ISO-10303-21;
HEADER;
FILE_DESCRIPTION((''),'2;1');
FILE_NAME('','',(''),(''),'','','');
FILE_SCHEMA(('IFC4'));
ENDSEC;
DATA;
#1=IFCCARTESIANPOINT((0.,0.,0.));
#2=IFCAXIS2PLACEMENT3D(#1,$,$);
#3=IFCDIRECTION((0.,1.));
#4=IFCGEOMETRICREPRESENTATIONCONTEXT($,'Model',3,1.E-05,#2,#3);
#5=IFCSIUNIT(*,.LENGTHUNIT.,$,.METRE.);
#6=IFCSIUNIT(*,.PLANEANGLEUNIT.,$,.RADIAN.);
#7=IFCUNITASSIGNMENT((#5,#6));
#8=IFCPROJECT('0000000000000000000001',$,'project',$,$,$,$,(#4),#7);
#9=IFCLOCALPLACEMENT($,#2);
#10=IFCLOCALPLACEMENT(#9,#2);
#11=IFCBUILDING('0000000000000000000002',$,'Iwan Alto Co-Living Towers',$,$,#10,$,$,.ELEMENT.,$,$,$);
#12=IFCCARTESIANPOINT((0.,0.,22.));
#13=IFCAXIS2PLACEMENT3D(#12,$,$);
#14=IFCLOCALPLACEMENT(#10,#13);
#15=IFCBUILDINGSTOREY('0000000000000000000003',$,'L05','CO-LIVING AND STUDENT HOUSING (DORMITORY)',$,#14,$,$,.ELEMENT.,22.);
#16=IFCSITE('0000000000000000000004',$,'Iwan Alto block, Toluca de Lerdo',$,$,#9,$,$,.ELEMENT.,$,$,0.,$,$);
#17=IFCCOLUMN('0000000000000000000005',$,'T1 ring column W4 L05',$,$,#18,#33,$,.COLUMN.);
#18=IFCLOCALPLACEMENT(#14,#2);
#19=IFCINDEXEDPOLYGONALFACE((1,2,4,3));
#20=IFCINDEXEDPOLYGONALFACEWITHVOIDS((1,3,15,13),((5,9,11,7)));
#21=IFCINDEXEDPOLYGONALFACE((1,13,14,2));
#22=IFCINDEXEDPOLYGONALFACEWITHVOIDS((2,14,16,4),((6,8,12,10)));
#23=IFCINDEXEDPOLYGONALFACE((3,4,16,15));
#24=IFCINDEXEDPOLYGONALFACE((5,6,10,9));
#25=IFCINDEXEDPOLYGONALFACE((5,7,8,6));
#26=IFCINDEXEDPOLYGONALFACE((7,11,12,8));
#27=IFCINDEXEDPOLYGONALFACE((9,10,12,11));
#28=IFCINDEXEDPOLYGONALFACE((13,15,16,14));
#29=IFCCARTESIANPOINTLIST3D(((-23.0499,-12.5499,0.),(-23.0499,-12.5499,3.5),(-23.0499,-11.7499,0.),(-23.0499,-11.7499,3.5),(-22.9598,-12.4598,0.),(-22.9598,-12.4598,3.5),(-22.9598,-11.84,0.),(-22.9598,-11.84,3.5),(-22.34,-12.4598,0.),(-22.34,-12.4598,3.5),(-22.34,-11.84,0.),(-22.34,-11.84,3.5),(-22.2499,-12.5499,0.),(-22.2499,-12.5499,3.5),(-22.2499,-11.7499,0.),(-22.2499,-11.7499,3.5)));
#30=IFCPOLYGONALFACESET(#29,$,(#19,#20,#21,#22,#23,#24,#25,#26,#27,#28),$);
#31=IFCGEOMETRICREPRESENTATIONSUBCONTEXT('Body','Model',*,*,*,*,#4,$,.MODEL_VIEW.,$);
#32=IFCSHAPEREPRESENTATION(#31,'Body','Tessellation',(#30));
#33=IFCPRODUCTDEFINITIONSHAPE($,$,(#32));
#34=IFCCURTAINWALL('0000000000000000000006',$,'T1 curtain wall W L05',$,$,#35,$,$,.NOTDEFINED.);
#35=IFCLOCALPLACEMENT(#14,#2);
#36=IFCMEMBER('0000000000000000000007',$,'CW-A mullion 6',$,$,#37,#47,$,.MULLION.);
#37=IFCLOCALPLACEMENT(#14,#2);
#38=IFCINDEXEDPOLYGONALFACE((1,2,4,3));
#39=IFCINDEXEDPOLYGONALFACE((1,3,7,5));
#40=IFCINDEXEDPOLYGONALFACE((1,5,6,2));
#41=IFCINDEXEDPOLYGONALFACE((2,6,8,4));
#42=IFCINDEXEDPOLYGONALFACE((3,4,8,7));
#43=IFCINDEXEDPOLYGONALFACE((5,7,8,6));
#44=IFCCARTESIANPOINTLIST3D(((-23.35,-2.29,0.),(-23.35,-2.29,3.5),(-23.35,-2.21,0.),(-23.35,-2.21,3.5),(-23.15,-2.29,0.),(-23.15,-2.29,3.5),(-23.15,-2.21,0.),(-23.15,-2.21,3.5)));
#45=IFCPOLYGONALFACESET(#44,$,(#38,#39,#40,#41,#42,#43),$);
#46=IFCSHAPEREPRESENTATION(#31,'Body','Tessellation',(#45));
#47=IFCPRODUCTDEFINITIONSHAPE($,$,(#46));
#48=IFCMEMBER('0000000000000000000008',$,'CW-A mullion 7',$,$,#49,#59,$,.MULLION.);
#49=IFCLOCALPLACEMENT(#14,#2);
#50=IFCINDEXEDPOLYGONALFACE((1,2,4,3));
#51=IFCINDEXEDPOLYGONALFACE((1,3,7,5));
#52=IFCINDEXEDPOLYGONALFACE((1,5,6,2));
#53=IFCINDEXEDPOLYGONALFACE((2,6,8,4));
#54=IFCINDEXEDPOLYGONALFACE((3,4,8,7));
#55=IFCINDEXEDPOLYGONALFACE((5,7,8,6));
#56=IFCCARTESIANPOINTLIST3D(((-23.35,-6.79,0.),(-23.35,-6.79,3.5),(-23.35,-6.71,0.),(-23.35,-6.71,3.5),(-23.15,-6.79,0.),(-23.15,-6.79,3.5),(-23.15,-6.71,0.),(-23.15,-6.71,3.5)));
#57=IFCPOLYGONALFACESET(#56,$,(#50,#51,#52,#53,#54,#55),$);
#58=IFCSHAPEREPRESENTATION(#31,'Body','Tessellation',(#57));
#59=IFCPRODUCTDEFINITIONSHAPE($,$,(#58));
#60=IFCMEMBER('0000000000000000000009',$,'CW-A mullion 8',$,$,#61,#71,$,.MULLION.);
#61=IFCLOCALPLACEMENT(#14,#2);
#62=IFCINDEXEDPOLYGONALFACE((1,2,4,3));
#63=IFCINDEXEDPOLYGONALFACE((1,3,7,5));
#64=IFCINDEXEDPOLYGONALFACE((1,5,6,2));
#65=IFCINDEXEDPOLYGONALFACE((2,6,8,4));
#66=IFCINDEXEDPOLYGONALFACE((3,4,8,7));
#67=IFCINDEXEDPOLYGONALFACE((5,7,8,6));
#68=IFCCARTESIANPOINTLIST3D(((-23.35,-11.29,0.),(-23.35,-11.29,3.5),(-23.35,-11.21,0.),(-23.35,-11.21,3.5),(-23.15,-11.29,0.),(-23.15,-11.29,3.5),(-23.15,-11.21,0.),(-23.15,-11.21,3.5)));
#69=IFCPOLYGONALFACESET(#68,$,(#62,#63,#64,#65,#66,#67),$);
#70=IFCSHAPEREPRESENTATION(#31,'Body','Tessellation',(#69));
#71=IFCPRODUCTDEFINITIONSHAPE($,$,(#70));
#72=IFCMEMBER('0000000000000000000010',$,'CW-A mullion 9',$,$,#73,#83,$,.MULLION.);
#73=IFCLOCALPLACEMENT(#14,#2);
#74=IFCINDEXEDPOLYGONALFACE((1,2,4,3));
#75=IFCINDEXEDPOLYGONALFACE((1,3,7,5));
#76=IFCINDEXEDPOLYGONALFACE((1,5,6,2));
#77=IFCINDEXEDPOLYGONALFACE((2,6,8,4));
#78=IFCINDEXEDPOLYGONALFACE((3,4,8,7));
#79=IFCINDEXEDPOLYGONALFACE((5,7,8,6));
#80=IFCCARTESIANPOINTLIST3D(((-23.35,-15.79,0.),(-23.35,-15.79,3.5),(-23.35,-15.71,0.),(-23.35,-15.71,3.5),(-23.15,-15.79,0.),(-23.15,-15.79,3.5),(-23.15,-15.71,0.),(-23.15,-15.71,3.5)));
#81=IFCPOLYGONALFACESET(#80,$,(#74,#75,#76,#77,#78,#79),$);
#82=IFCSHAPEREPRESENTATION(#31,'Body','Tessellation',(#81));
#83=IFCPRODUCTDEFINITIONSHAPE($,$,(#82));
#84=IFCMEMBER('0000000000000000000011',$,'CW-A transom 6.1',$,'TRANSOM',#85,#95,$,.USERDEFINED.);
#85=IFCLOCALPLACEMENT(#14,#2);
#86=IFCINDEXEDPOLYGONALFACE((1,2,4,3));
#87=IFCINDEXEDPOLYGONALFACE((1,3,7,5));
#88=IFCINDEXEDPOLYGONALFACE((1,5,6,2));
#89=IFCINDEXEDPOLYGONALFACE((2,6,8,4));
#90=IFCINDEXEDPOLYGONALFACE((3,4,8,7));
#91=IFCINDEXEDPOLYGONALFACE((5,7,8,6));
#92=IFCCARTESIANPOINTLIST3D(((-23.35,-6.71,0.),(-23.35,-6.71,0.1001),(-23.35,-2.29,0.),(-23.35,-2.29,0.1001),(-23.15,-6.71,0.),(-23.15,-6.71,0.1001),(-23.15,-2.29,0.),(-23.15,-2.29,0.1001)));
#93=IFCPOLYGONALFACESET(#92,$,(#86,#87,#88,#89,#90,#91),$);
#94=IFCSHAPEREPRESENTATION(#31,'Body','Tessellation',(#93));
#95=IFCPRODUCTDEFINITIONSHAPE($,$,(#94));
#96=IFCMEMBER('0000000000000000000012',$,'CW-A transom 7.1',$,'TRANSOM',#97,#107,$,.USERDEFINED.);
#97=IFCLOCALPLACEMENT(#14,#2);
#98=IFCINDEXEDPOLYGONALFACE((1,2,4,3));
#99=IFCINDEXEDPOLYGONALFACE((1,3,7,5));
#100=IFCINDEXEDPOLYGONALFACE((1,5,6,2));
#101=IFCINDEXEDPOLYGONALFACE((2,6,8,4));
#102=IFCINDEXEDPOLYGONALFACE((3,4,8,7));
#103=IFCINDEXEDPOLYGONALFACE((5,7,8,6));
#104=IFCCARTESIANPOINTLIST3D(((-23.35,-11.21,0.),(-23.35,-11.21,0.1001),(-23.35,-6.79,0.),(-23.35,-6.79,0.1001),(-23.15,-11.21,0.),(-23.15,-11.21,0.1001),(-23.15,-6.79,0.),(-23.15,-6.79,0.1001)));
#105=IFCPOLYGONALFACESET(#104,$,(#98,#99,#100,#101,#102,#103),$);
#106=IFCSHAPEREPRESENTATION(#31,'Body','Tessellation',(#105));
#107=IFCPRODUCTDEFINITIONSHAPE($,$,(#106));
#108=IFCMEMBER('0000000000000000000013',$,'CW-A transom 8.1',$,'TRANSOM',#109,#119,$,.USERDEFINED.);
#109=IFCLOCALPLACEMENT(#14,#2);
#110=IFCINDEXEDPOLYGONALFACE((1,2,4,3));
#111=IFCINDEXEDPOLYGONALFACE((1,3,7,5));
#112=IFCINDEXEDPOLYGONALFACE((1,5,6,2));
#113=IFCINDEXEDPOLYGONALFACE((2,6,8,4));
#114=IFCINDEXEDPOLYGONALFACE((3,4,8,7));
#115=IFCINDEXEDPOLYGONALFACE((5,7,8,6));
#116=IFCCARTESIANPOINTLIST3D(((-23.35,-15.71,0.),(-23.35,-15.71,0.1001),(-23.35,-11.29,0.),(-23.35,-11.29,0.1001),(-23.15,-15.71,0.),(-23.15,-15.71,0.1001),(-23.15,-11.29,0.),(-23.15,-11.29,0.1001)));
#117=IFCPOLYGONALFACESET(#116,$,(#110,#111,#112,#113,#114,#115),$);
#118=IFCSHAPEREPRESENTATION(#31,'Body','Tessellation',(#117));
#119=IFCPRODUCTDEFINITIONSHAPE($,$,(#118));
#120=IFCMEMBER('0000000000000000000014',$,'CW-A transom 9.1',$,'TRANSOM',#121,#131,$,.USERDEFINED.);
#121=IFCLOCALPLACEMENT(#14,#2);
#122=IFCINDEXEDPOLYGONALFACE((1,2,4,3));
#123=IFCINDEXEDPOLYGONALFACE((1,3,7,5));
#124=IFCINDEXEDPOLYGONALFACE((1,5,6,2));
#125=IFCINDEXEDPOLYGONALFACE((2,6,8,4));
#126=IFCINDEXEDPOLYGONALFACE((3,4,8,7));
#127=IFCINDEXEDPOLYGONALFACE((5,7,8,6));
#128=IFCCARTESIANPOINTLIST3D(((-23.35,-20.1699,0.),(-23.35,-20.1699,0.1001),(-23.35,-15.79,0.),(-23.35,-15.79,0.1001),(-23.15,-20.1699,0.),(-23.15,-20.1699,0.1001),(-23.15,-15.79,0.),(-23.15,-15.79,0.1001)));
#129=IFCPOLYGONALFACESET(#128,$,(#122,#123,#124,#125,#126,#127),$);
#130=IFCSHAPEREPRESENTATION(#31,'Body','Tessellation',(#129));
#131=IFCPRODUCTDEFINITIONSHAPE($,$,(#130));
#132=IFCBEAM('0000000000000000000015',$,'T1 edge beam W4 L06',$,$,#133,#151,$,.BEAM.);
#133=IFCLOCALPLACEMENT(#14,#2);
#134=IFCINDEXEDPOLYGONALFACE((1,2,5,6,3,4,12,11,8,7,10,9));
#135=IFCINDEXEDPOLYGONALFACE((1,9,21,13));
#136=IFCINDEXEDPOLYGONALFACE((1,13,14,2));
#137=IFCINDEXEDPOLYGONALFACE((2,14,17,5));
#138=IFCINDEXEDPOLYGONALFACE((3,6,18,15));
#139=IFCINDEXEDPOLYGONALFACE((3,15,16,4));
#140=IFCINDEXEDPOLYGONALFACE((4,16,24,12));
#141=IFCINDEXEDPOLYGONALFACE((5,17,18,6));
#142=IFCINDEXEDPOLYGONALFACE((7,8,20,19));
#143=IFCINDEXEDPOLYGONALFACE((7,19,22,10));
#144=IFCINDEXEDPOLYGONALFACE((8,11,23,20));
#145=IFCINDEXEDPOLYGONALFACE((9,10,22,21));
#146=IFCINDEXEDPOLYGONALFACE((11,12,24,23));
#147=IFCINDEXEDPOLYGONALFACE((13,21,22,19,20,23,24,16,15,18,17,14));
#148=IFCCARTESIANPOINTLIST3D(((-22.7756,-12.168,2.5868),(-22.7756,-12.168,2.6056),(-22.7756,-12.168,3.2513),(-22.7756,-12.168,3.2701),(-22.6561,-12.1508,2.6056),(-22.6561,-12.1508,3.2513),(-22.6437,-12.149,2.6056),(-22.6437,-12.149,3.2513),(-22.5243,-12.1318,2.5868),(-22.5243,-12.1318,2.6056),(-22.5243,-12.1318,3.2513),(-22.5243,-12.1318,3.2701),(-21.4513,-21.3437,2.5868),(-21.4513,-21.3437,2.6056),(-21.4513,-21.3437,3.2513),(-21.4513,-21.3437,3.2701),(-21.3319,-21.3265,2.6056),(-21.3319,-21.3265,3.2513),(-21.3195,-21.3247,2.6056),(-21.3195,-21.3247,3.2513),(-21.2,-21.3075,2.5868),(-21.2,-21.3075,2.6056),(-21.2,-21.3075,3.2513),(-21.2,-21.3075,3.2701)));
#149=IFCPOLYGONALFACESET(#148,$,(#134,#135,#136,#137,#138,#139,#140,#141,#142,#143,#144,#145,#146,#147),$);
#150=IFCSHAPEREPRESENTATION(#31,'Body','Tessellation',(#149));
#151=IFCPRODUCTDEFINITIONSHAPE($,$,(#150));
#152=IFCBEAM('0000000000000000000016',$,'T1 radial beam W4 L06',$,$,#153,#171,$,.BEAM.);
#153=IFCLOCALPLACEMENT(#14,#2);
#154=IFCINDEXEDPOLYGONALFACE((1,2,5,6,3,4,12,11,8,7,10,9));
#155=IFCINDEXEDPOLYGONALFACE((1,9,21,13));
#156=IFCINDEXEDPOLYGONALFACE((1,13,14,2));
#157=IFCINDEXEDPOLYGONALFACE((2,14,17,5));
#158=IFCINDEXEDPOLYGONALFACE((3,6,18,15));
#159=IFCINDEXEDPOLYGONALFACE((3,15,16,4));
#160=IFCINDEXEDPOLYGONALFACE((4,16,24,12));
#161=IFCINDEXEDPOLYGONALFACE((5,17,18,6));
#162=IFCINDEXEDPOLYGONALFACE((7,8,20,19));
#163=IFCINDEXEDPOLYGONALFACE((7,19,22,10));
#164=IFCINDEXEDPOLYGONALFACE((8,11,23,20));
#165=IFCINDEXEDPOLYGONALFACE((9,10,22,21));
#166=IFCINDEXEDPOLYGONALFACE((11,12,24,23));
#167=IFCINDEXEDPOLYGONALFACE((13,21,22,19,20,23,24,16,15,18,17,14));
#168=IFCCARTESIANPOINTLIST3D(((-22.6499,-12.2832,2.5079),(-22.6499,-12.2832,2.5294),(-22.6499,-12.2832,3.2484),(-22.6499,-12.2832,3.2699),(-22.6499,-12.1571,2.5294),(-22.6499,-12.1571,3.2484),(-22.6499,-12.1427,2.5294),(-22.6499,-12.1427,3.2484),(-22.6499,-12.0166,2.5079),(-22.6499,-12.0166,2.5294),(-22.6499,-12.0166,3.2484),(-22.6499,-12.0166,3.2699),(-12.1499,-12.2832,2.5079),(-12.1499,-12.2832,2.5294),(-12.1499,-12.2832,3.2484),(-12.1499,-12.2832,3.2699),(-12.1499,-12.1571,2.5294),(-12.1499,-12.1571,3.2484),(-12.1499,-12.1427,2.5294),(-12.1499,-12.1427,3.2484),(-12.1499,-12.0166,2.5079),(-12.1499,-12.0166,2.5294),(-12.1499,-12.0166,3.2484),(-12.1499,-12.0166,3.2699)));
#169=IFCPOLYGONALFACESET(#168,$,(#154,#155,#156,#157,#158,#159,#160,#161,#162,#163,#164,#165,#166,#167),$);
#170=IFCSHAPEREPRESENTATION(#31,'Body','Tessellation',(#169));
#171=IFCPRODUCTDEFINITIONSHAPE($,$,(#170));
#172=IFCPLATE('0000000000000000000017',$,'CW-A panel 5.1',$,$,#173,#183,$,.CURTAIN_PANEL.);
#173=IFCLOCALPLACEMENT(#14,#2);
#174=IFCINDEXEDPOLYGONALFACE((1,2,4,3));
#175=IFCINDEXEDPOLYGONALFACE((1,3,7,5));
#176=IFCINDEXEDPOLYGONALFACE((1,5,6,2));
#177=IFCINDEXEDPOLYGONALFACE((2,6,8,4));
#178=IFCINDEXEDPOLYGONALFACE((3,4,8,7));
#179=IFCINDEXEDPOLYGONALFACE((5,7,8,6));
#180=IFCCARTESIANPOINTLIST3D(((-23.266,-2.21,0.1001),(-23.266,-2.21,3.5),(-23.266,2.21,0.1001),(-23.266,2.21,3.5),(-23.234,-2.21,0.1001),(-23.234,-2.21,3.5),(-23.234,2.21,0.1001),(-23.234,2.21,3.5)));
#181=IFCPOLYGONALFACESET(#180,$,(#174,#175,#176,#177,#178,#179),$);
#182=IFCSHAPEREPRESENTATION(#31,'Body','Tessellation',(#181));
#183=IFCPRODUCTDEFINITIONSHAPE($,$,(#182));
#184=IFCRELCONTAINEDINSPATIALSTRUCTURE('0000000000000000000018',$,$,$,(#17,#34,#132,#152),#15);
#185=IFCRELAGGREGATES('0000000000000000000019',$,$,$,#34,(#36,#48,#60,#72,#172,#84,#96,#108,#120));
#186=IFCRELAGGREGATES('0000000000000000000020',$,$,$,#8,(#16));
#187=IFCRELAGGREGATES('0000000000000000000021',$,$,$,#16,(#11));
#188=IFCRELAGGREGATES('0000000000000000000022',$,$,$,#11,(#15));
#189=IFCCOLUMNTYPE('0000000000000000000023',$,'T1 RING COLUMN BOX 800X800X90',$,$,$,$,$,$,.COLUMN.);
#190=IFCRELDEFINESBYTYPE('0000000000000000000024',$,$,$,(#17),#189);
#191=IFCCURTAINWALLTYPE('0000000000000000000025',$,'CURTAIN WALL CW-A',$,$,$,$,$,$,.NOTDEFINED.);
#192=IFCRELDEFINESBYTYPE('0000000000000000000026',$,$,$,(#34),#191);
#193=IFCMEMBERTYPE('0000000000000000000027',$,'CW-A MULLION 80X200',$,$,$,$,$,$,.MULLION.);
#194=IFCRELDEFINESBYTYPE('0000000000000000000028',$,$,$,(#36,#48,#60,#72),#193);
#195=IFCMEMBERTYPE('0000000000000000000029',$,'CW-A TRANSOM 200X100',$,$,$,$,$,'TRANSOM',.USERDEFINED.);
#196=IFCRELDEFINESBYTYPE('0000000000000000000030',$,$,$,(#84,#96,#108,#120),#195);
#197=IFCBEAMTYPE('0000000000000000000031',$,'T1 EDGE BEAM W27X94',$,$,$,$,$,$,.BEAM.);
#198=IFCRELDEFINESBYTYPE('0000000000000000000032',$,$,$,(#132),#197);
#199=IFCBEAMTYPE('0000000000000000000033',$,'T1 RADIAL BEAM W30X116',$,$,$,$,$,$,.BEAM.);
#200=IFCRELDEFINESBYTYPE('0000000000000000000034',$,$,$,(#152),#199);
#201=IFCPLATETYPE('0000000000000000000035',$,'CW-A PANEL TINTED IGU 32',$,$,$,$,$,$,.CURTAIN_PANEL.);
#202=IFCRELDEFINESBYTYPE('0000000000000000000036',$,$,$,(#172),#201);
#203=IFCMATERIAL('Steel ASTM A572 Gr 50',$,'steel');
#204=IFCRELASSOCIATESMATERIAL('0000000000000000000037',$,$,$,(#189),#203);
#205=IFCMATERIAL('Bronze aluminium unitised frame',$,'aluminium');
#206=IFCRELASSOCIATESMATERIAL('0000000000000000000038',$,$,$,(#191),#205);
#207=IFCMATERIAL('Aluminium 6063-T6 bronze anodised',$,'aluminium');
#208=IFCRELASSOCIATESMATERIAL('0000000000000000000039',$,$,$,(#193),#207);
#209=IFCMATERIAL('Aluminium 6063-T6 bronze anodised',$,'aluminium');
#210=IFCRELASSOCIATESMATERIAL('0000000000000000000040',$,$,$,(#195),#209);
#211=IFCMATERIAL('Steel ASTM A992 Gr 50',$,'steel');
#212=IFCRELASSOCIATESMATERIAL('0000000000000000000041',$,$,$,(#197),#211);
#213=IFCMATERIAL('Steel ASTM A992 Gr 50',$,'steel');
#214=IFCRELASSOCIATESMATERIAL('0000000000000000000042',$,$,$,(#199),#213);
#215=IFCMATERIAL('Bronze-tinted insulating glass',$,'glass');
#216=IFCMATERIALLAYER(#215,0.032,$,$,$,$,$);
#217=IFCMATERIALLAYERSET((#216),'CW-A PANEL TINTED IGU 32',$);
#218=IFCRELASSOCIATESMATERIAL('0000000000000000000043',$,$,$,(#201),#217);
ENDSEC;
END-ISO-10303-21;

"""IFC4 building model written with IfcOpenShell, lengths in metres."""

from ifc_helpers import new_model, si_unit, direction, frame, origin, origin_2d, place, context, subcontext, project, spatial, rectangle, hollow_rectangle, i_section, extrude, material, layer, layer_set, material_profile, profile_set, type_object, element, aggregate, save


model = new_model("IFC4")

# Units and contexts
model_context = context("Model", 3, precision=1e-05, world=origin(), true_north=direction((0.0, 1.0)))
body_context = subcontext(model_context, "Body", "Model", "MODEL_VIEW")
ifc_project = project(units=[si_unit("LENGTHUNIT", "METRE"), si_unit("PLANEANGLEUNIT", "RADIAN")], contexts=[model_context])

# Site, building, storey
site_placement = place(None, origin())
site = spatial("IfcSite", under=ifc_project, at=site_placement, Name="Iwan Alto block, Toluca de Lerdo", CompositionType="ELEMENT", RefElevation=0.0)
building_placement = place(site_placement, origin())
building = spatial("IfcBuilding", under=site, at=building_placement, Name="Iwan Alto Co-Living Towers", CompositionType="ELEMENT")
storey_placement = place(building_placement, frame((0.0, 0.0, 22.0)))
storey = spatial("IfcBuildingStorey", under=building, at=storey_placement, Name="L05", Description="CO-LIVING AND STUDENT HOUSING (DORMITORY)", CompositionType="ELEMENT", Elevation=22.0)

# Column
ifc_material_1 = material(Name="Steel ASTM A572 Gr 50", Category="steel")
ifc_material_profile_1 = material_profile(ifc_material_1, hollow_rectangle(XDim=0.8, YDim=0.8, WallThickness=0.0901, at=origin_2d()), Name="BOX 800X800X90")
ifc_profile_set_1 = profile_set([ifc_material_profile_1], Name="Steel ASTM A572 Gr 50")
column_type = type_object("IfcColumnType", Name="T1 RING COLUMN BOX 800X800X90", PredefinedType="COLUMN", material=ifc_profile_set_1)
column_placement = place(storey_placement, frame((-22.6499, -12.1499, 0.0), z_axis=(0.0, 0.0, 1.0), x_axis=(1.0, 0.0, 0.0)))
element("IfcColumn", 1, at=column_placement, inside=storey, type_object=column_type, Name="T1 ring column W4 L05", PredefinedType="COLUMN", context=body_context, shape_type="SweptSolid", body=[
    extrude(hollow_rectangle(XDim=0.8, YDim=0.8, WallThickness=0.0901, at=origin_2d()), origin(), (0.0, 0.0, 1.0), 3.5),
])

# Curtain wall, members
ifc_material_2 = material(Name="Bronze aluminium unitised frame", Category="aluminium")
curtain_wall_type = type_object("IfcCurtainWallType", Name="CURTAIN WALL CW-A", PredefinedType="NOTDEFINED", material=ifc_material_2)
curtain_wall_placement = place(storey_placement, origin())
curtain_wall = element("IfcCurtainWall", 2, at=curtain_wall_placement, inside=storey, type_object=curtain_wall_type, Name="T1 curtain wall W L05", PredefinedType="NOTDEFINED")
ifc_material_3 = material(Name="Aluminium 6063-T6 bronze anodised", Category="aluminium")
ifc_material_profile_2 = material_profile(ifc_material_3, rectangle(XDim=0.2, YDim=0.0801, at=origin_2d()), Name="AL 80X200")
ifc_profile_set_2 = profile_set([ifc_material_profile_2], Name="Aluminium 6063-T6 bronze anodised")
member_type_1 = type_object("IfcMemberType", Name="CW-A MULLION 80X200", PredefinedType="MULLION", material=ifc_profile_set_2)
member_1_placement = place(storey_placement, frame((-23.25, -2.25, 0.0), z_axis=(0.0, 0.0, 1.0), x_axis=(1.0, 0.0, 0.0)))
member_1 = element("IfcMember", 3, at=member_1_placement, type_object=member_type_1, Name="CW-A mullion 6", PredefinedType="MULLION", context=body_context, shape_type="SweptSolid", body=[
    extrude(rectangle(XDim=0.2, YDim=0.0801, at=origin_2d()), origin(), (0.0, 0.0, 1.0), 3.5),
])
member_2_placement = place(storey_placement, frame((-23.25, -6.75, 0.0), z_axis=(0.0, 0.0, 1.0), x_axis=(1.0, 0.0, 0.0)))
member_2 = element("IfcMember", 4, at=member_2_placement, type_object=member_type_1, Name="CW-A mullion 7", PredefinedType="MULLION", context=body_context, shape_type="SweptSolid", body=[
    extrude(rectangle(XDim=0.2, YDim=0.0801, at=origin_2d()), origin(), (0.0, 0.0, 1.0), 3.5),
])
member_3_placement = place(storey_placement, frame((-23.25, -11.25, 0.0), z_axis=(0.0, 0.0, 1.0), x_axis=(1.0, 0.0, 0.0)))
member_3 = element("IfcMember", 5, at=member_3_placement, type_object=member_type_1, Name="CW-A mullion 8", PredefinedType="MULLION", context=body_context, shape_type="SweptSolid", body=[
    extrude(rectangle(XDim=0.2, YDim=0.0801, at=origin_2d()), origin(), (0.0, 0.0, 1.0), 3.5),
])
member_4_placement = place(storey_placement, frame((-23.25, -15.75, 0.0), z_axis=(0.0, 0.0, 1.0), x_axis=(1.0, 0.0, 0.0)))
member_4 = element("IfcMember", 6, at=member_4_placement, type_object=member_type_1, Name="CW-A mullion 9", PredefinedType="MULLION", context=body_context, shape_type="SweptSolid", body=[
    extrude(rectangle(XDim=0.2, YDim=0.0801, at=origin_2d()), origin(), (0.0, 0.0, 1.0), 3.5),
])
ifc_material_4 = material(Name="Aluminium 6063-T6 bronze anodised", Category="aluminium")
ifc_material_profile_3 = material_profile(ifc_material_4, rectangle(XDim=0.2, YDim=0.1001, at=origin_2d()), Name="AL 200X100")
ifc_profile_set_3 = profile_set([ifc_material_profile_3], Name="Aluminium 6063-T6 bronze anodised")
member_type_2 = type_object("IfcMemberType", Name="CW-A TRANSOM 200X100", ElementType="TRANSOM", PredefinedType="USERDEFINED", material=ifc_profile_set_3)
member_5_placement = place(storey_placement, frame((-23.25, -2.29, 0.05), z_axis=(0.0, -1.0, 0.0), x_axis=(1.0, 0.0, 0.0)))
member_5 = element("IfcMember", 7, at=member_5_placement, type_object=member_type_2, Name="CW-A transom 6.1", ObjectType="TRANSOM", PredefinedType="USERDEFINED", context=body_context, shape_type="SweptSolid", body=[
    extrude(rectangle(XDim=0.2, YDim=0.1001, at=origin_2d()), origin(), (0.0, 0.0, 1.0), 4.4199),
])
member_6_placement = place(storey_placement, frame((-23.25, -6.79, 0.05), z_axis=(0.0, -1.0, 0.0), x_axis=(1.0, 0.0, 0.0)))
member_6 = element("IfcMember", 8, at=member_6_placement, type_object=member_type_2, Name="CW-A transom 7.1", ObjectType="TRANSOM", PredefinedType="USERDEFINED", context=body_context, shape_type="SweptSolid", body=[
    extrude(rectangle(XDim=0.2, YDim=0.1001, at=origin_2d()), origin(), (0.0, 0.0, 1.0), 4.4199),
])
member_7_placement = place(storey_placement, frame((-23.25, -11.29, 0.05), z_axis=(0.0, -1.0, 0.0), x_axis=(1.0, 0.0, 0.0)))
member_7 = element("IfcMember", 9, at=member_7_placement, type_object=member_type_2, Name="CW-A transom 8.1", ObjectType="TRANSOM", PredefinedType="USERDEFINED", context=body_context, shape_type="SweptSolid", body=[
    extrude(rectangle(XDim=0.2, YDim=0.1001, at=origin_2d()), origin(), (0.0, 0.0, 1.0), 4.4199),
])
member_8_placement = place(storey_placement, frame((-23.25, -15.79, 0.05), z_axis=(0.0, -1.0, 0.0), x_axis=(1.0, 0.0, 0.0)))
member_8 = element("IfcMember", 10, at=member_8_placement, type_object=member_type_2, Name="CW-A transom 9.1", ObjectType="TRANSOM", PredefinedType="USERDEFINED", context=body_context, shape_type="SweptSolid", body=[
    extrude(rectangle(XDim=0.2, YDim=0.1001, at=origin_2d()), origin(), (0.0, 0.0, 1.0), 4.3799),
])

# Beams
ifc_material_5 = material(Name="Steel ASTM A992 Gr 50", Category="steel")
ifc_material_profile_4 = material_profile(ifc_material_5, i_section(OverallWidth=0.2539, OverallDepth=0.6833, WebThickness=0.0125, FlangeThickness=0.0188, at=origin_2d()), Name="W27X94")
ifc_profile_set_4 = profile_set([ifc_material_profile_4], Name="Steel ASTM A992 Gr 50")
beam_type_1 = type_object("IfcBeamType", Name="T1 EDGE BEAM W27X94", PredefinedType="BEAM", material=ifc_profile_set_4)
beam_1_placement = place(storey_placement, frame((-22.6499, -12.1499, 2.9285), z_axis=(0.142837, -0.989746, 0.0), x_axis=(0.989746, 0.142837, 0.0)))
element("IfcBeam", 11, at=beam_1_placement, inside=storey, type_object=beam_type_1, Name="T1 edge beam W4 L06", PredefinedType="BEAM", context=body_context, shape_type="SweptSolid", body=[
    extrude(i_section(OverallWidth=0.2539, OverallDepth=0.6833, WebThickness=0.0125, FlangeThickness=0.0188, at=origin_2d()), origin(), (0.0, 0.0, 1.0), 9.2708),
])
ifc_material_6 = material(Name="Steel ASTM A992 Gr 50", Category="steel")
ifc_material_profile_5 = material_profile(ifc_material_6, i_section(OverallWidth=0.2666, OverallDepth=0.762, WebThickness=0.0144, FlangeThickness=0.0215, at=origin_2d()), Name="W30X116")
ifc_profile_set_5 = profile_set([ifc_material_profile_5], Name="Steel ASTM A992 Gr 50")
beam_type_2 = type_object("IfcBeamType", Name="T1 RADIAL BEAM W30X116", PredefinedType="BEAM", material=ifc_profile_set_5)
beam_2_placement = place(storey_placement, frame((-22.6499, -12.1499, 2.8889), z_axis=(1.0, 0.0, 0.0), x_axis=(0.0, 1.0, 0.0)))
element("IfcBeam", 12, at=beam_2_placement, inside=storey, type_object=beam_type_2, Name="T1 radial beam W4 L06", PredefinedType="BEAM", context=body_context, shape_type="SweptSolid", body=[
    extrude(i_section(OverallWidth=0.2666, OverallDepth=0.762, WebThickness=0.0144, FlangeThickness=0.0215, at=origin_2d()), origin(), (0.0, 0.0, 1.0), 10.5),
])

# Plate
ifc_material_7 = material(Name="Bronze-tinted insulating glass", Category="glass")
ifc_layer_1 = layer(ifc_material_7, 0.032)
ifc_layer_set_1 = layer_set([ifc_layer_1], Name="CW-A PANEL TINTED IGU 32")
plate_type = type_object("IfcPlateType", Name="CW-A PANEL TINTED IGU 32", PredefinedType="CURTAIN_PANEL", material=ifc_layer_set_1)
plate_1_placement = place(storey_placement, frame((-23.25, 0.0, 0.1001), z_axis=(0.0, 0.0, 1.0), x_axis=(0.0, -1.0, 0.0)))
plate_1 = element("IfcPlate", 13, at=plate_1_placement, type_object=plate_type, Name="CW-A panel 5.1", PredefinedType="CURTAIN_PANEL", context=body_context, shape_type="SweptSolid", body=[
    extrude(rectangle(XDim=4.4199, YDim=0.032, at=origin_2d()), origin(), (0.0, 0.0, 1.0), 3.3999),
])
aggregate(curtain_wall, [member_1, member_2, member_3, member_4, plate_1, member_5, member_6, member_7, member_8])

save(model, "model.ifc")
